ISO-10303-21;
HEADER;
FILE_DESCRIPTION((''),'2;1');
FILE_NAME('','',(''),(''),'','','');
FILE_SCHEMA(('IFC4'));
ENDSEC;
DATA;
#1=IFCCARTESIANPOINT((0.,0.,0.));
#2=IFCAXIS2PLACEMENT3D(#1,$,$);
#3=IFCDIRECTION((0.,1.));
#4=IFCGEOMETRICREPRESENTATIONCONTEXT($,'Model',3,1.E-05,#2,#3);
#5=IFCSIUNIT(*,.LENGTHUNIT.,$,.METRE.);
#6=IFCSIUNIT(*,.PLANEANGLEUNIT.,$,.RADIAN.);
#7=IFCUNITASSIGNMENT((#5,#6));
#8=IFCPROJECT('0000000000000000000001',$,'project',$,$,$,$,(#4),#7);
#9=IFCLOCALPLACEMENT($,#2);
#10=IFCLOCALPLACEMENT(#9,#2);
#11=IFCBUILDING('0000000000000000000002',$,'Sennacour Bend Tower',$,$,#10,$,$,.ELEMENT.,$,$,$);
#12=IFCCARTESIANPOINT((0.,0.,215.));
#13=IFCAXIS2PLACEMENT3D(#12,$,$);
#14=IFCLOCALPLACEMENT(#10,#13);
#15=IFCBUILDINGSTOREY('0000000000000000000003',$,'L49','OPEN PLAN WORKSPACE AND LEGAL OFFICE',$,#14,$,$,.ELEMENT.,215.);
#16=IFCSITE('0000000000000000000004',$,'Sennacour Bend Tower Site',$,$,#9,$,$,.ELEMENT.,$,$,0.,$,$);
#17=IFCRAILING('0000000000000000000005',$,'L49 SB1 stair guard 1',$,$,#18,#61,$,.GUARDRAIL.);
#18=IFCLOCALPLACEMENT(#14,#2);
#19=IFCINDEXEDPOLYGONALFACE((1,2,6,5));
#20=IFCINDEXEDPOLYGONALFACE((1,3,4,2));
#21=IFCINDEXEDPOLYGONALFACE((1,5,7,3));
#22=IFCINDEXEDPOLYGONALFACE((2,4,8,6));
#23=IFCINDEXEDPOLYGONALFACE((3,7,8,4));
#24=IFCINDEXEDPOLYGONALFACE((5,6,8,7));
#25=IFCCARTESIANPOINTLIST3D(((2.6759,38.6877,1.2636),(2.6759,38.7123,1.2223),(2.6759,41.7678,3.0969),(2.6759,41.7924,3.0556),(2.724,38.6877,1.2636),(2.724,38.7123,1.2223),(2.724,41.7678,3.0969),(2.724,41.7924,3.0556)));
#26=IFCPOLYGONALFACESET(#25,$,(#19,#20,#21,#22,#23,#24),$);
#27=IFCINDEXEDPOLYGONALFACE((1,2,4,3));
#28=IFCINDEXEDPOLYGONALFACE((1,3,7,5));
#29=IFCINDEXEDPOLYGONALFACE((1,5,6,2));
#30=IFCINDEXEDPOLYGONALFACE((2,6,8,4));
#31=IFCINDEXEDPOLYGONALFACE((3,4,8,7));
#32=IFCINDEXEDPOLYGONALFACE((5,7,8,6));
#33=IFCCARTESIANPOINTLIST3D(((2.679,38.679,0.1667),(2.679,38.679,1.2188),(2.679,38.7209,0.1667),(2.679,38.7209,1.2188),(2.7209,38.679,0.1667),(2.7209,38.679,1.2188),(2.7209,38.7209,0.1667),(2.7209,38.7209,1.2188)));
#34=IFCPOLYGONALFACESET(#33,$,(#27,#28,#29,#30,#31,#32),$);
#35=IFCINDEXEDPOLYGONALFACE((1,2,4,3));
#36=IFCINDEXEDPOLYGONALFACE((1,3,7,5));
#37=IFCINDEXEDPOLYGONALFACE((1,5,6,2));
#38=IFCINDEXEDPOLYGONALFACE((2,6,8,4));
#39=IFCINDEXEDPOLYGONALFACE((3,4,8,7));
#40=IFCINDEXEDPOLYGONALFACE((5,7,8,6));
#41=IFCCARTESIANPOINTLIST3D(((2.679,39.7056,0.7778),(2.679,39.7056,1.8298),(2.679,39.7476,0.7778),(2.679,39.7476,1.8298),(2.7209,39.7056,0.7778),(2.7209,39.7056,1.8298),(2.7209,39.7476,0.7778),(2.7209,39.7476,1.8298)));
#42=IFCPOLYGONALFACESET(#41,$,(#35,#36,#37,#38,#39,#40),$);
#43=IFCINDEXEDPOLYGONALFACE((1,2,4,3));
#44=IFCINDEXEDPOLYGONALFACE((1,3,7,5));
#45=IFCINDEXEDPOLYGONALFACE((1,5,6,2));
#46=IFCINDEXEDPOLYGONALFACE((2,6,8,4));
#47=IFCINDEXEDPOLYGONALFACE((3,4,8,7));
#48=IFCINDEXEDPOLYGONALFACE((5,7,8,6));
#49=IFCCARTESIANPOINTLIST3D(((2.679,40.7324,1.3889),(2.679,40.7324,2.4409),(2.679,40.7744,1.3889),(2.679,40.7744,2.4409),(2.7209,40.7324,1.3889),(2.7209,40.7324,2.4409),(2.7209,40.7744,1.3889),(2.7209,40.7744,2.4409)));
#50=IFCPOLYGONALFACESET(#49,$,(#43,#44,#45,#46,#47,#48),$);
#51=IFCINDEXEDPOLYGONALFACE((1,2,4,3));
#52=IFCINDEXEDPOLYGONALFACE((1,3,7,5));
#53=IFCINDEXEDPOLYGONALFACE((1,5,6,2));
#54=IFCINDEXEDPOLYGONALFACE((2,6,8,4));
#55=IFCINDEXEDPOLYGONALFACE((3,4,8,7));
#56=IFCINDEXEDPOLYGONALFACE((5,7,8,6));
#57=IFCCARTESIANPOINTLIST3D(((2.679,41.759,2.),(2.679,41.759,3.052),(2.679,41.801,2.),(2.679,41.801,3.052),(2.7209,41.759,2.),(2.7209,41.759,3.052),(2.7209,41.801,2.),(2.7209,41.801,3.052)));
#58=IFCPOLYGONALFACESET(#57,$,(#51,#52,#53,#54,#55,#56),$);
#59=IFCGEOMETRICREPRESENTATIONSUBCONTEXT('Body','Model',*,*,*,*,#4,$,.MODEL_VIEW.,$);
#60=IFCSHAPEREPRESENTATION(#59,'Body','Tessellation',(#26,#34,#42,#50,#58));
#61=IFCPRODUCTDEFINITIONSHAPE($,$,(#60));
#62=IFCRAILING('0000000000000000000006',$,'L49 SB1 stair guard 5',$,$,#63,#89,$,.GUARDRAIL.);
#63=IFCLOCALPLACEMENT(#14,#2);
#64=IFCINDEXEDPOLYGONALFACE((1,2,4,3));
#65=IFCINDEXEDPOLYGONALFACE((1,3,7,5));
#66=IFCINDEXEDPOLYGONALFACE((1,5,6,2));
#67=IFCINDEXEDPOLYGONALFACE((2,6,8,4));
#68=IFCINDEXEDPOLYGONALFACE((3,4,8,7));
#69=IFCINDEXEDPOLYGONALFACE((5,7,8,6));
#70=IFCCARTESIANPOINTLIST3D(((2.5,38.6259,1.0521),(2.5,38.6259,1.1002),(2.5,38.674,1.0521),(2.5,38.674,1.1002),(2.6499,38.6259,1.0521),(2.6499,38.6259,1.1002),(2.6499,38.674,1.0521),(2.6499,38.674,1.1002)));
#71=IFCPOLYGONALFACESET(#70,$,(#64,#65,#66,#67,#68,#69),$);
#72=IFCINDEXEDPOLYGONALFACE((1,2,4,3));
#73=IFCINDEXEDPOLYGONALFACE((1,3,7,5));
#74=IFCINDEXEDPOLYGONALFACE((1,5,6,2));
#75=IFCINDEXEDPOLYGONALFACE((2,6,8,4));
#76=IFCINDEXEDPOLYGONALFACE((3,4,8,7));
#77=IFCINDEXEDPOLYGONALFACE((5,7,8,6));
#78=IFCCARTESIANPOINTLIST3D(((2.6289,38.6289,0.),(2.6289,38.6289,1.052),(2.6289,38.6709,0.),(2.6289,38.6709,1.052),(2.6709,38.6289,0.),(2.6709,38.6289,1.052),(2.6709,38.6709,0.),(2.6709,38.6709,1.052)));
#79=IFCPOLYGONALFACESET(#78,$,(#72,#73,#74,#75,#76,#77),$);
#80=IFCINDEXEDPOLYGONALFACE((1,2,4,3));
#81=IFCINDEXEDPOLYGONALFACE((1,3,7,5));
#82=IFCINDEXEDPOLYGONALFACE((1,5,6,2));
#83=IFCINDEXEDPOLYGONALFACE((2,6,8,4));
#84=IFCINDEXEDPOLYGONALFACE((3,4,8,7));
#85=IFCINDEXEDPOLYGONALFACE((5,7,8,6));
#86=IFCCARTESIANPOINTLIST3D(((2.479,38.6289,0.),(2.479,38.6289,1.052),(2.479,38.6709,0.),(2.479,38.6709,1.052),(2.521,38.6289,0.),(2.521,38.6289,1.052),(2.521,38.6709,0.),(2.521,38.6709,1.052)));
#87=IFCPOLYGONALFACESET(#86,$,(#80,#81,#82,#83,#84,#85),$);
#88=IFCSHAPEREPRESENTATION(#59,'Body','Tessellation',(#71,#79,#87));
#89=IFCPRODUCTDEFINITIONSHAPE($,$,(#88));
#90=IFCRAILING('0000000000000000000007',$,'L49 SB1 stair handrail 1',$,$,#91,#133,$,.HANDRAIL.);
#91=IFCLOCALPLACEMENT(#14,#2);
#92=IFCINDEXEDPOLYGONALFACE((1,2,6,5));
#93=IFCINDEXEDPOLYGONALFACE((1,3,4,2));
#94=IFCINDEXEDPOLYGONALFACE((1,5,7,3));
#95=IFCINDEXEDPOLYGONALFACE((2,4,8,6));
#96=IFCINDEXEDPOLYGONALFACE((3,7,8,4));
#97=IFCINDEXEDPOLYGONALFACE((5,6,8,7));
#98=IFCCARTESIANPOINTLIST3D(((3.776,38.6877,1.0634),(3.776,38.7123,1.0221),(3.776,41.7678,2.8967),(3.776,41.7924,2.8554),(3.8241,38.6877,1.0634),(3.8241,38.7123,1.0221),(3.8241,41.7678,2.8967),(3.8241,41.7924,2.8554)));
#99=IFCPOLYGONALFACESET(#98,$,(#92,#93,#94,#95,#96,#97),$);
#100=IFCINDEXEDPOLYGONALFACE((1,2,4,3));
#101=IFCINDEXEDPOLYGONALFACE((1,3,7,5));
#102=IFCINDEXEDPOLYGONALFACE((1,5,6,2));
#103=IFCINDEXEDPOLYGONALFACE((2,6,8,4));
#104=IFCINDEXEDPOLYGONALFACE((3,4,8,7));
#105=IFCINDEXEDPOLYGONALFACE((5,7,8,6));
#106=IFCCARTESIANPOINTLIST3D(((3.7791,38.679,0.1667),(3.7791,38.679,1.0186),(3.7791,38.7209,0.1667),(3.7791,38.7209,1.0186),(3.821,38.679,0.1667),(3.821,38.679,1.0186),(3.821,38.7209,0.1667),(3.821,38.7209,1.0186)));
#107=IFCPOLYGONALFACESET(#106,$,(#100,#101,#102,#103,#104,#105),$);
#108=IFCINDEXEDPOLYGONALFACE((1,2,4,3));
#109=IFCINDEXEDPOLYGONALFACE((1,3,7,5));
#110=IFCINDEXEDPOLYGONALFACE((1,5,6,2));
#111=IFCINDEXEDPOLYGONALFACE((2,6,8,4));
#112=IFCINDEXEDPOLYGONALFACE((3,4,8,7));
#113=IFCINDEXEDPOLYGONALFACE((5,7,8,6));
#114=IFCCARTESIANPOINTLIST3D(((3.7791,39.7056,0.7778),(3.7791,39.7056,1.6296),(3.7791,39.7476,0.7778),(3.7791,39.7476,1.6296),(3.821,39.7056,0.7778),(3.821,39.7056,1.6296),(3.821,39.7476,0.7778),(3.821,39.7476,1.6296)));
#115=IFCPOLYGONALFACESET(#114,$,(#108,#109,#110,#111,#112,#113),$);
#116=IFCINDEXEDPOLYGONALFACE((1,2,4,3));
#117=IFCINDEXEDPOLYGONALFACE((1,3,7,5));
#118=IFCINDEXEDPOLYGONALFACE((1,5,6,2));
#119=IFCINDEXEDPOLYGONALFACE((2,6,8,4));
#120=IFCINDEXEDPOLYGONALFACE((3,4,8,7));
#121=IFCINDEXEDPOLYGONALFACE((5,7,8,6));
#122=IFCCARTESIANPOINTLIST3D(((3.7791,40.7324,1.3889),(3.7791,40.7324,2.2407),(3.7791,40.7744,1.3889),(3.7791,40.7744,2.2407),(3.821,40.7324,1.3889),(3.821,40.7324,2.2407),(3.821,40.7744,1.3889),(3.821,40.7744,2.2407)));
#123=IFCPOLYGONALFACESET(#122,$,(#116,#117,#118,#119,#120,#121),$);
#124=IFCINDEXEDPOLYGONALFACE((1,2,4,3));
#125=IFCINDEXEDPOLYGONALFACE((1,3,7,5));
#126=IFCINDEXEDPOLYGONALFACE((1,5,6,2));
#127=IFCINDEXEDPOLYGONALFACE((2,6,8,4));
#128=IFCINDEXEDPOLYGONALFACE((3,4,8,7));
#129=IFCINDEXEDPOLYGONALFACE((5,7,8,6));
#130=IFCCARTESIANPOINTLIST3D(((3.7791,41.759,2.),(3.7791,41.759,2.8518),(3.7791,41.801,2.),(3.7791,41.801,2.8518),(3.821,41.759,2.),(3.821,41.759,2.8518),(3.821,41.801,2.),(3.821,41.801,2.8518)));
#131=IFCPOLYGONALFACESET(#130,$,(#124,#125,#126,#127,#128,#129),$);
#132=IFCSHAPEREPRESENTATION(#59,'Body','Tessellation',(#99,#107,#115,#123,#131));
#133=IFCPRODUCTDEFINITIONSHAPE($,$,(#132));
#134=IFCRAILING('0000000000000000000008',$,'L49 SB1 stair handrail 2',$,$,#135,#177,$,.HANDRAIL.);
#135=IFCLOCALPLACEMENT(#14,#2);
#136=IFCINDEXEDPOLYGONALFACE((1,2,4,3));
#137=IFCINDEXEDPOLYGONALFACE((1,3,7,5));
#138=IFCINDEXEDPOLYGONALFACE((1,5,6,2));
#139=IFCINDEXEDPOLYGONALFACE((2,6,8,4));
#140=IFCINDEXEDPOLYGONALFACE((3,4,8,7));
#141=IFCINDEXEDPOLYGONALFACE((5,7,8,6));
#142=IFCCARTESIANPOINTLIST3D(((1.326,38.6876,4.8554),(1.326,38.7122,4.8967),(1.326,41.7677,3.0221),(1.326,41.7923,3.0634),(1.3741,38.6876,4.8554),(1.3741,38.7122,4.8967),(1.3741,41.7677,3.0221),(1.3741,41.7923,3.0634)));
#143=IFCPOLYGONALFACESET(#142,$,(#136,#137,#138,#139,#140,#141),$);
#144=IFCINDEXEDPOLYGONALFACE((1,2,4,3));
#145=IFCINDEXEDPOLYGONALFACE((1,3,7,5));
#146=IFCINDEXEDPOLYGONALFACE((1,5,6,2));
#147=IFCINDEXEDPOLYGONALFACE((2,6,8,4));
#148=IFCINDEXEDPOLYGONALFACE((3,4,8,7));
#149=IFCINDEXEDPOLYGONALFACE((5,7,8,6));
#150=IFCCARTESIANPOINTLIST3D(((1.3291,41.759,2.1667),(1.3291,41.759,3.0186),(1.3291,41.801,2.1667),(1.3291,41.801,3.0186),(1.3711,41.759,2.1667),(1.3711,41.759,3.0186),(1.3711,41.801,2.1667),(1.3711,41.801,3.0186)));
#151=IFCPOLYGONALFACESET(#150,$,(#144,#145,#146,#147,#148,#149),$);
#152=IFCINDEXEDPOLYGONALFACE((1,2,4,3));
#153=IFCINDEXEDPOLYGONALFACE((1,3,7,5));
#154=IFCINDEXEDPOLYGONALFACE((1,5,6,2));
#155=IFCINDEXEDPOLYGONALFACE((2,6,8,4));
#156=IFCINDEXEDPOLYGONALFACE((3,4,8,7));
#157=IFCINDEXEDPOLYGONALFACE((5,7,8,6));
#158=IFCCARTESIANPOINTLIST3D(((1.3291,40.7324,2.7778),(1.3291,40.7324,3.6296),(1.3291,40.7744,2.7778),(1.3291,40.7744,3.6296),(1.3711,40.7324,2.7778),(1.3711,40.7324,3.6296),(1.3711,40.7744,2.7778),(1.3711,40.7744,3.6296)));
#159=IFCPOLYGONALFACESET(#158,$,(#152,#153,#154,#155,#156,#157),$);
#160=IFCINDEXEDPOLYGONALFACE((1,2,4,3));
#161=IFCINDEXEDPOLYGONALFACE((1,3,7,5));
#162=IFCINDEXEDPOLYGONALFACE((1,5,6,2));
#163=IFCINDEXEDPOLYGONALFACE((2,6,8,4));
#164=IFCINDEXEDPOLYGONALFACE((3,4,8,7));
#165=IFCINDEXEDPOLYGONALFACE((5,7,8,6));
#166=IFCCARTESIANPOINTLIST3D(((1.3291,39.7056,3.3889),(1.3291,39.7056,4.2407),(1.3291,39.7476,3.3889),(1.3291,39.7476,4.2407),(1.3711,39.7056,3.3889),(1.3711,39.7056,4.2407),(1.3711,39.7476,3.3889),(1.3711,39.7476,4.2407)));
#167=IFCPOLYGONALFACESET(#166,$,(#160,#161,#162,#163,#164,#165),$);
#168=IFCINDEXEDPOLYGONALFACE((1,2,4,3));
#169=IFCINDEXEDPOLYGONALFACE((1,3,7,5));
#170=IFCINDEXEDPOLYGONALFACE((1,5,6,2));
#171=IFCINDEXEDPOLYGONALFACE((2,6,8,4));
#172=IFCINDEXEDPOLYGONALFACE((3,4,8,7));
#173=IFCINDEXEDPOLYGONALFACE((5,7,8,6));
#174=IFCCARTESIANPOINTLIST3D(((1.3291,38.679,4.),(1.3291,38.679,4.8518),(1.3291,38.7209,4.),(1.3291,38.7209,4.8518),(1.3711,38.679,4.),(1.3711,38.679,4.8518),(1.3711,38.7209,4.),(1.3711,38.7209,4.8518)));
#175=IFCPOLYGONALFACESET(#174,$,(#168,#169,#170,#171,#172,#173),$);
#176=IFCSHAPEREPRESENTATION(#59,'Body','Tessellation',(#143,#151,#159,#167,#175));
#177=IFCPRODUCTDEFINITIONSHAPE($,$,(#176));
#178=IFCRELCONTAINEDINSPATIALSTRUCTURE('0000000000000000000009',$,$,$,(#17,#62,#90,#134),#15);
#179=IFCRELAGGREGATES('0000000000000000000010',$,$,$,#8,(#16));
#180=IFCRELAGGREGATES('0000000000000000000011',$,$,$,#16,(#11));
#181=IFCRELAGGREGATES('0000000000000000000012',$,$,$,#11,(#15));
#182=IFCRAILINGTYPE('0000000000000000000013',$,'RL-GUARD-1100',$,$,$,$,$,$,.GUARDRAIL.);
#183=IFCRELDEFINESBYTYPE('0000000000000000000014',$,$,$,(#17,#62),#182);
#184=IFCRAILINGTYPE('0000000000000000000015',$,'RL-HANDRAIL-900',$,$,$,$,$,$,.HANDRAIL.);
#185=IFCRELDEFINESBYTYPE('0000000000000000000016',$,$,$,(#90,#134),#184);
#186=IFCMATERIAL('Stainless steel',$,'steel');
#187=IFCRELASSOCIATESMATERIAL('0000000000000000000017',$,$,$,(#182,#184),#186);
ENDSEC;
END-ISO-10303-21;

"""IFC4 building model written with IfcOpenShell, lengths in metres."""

from ifc_helpers import new_model, si_unit, direction, frame, origin, origin_2d, place, context, subcontext, project, spatial, rectangle, extrude, material, type_object, element, save


model = new_model("IFC4")

# Units and contexts
model_context = context("Model", 3, precision=1e-05, world=origin(), true_north=direction((0.0, 1.0)))
body_context = subcontext(model_context, "Body", "Model", "MODEL_VIEW")
ifc_project = project(units=[si_unit("LENGTHUNIT", "METRE"), si_unit("PLANEANGLEUNIT", "RADIAN")], contexts=[model_context])

# Site, building, storey
site_placement = place(None, origin())
site = spatial("IfcSite", under=ifc_project, at=site_placement, Name="Sennacour Bend Tower Site", CompositionType="ELEMENT", RefElevation=0.0)
building_placement = place(site_placement, origin())
building = spatial("IfcBuilding", under=site, at=building_placement, Name="Sennacour Bend Tower", CompositionType="ELEMENT")
storey_placement = place(building_placement, frame((0.0, 0.0, 215.0)))
storey = spatial("IfcBuildingStorey", under=building, at=storey_placement, Name="L49", Description="OPEN PLAN WORKSPACE AND LEGAL OFFICE", CompositionType="ELEMENT", Elevation=215.0)

# Shared definitions
ifc_material_1 = material(Name="Stainless steel", Category="steel")

# Railings
railing_type_1 = type_object("IfcRailingType", Name="RL-GUARD-1100", PredefinedType="GUARDRAIL", material=ifc_material_1)
railing_1_placement = place(storey_placement, frame((2.7, 38.7, 0.1667)))
element("IfcRailing", 1, at=railing_1_placement, inside=storey, type_object=railing_type_1, Name="L49 SB1 stair guard 1", PredefinedType="GUARDRAIL", context=body_context, shape_type="SweptSolid", body=[
    extrude(rectangle(XDim=0.0481, YDim=0.0481, at=origin_2d()), frame((0.0, 0.0, 1.0762), z_axis=(0.0, 0.859309, 0.511458), x_axis=(-1.0, 0.0, 0.0)), (0.0, 0.0, 1.0), 3.5845),
    extrude(rectangle(XDim=0.042, YDim=0.042, at=origin_2d()), origin(), (0.0, 0.0, 1.0), 1.052),
    extrude(rectangle(XDim=0.042, YDim=0.042, at=origin_2d()), frame((0.0, 1.0266, 0.6111)), (0.0, 0.0, 1.0), 1.052),
    extrude(rectangle(XDim=0.042, YDim=0.042, at=origin_2d()), frame((0.0, 2.0535, 1.2222)), (0.0, 0.0, 1.0), 1.052),
    extrude(rectangle(XDim=0.042, YDim=0.042, at=origin_2d()), frame((0.0, 3.0801, 1.8333)), (0.0, 0.0, 1.0), 1.052),
])
railing_2_placement = place(storey_placement, frame((2.6499, 38.6499, 0.0)))
element("IfcRailing", 2, at=railing_2_placement, inside=storey, type_object=railing_type_1, Name="L49 SB1 stair guard 5", PredefinedType="GUARDRAIL", context=body_context, shape_type="SweptSolid", body=[
    extrude(rectangle(XDim=0.0481, YDim=0.0481, at=origin_2d()), frame((0.0, 0.0, 1.0762), z_axis=(-1.0, 0.0, 0.0), x_axis=(0.0, -1.0, 0.0)), (0.0, 0.0, 1.0), 0.1499),
    extrude(rectangle(XDim=0.042, YDim=0.042, at=origin_2d()), origin(), (0.0, 0.0, 1.0), 1.052),
    extrude(rectangle(XDim=0.042, YDim=0.042, at=origin_2d()), frame((-0.1499, 0.0, 0.0)), (0.0, 0.0, 1.0), 1.052),
])
railing_type_2 = type_object("IfcRailingType", Name="RL-HANDRAIL-900", PredefinedType="HANDRAIL", material=ifc_material_1)
railing_3_placement = place(storey_placement, frame((3.8, 38.7, 0.1667)))
element("IfcRailing", 3, at=railing_3_placement, inside=storey, type_object=railing_type_2, Name="L49 SB1 stair handrail 1", PredefinedType="HANDRAIL", context=body_context, shape_type="SweptSolid", body=[
    extrude(rectangle(XDim=0.0481, YDim=0.0481, at=origin_2d()), frame((0.0, 0.0, 0.876), z_axis=(0.0, 0.859309, 0.511458), x_axis=(-1.0, 0.0, 0.0)), (0.0, 0.0, 1.0), 3.5845),
    extrude(rectangle(XDim=0.042, YDim=0.042, at=origin_2d()), origin(), (0.0, 0.0, 1.0), 0.8518),
    extrude(rectangle(XDim=0.042, YDim=0.042, at=origin_2d()), frame((0.0, 1.0266, 0.6111)), (0.0, 0.0, 1.0), 0.8518),
    extrude(rectangle(XDim=0.042, YDim=0.042, at=origin_2d()), frame((0.0, 2.0535, 1.2222)), (0.0, 0.0, 1.0), 0.8518),
    extrude(rectangle(XDim=0.042, YDim=0.042, at=origin_2d()), frame((0.0, 3.0801, 1.8333)), (0.0, 0.0, 1.0), 0.8518),
])
railing_4_placement = place(storey_placement, frame((1.3501, 41.78, 2.1667)))
element("IfcRailing", 4, at=railing_4_placement, inside=storey, type_object=railing_type_2, Name="L49 SB1 stair handrail 2", PredefinedType="HANDRAIL", context=body_context, shape_type="SweptSolid", body=[
    extrude(rectangle(XDim=0.0481, YDim=0.0481, at=origin_2d()), frame((0.0, 0.0, 0.876), z_axis=(0.0, -0.859309, 0.511458), x_axis=(1.0, 0.0, 0.0)), (0.0, 0.0, 1.0), 3.5845),
    extrude(rectangle(XDim=0.042, YDim=0.042, at=origin_2d()), origin(), (0.0, 0.0, 1.0), 0.8518),
    extrude(rectangle(XDim=0.042, YDim=0.042, at=origin_2d()), frame((0.0, -1.0266, 0.6111)), (0.0, 0.0, 1.0), 0.8518),
    extrude(rectangle(XDim=0.042, YDim=0.042, at=origin_2d()), frame((0.0, -2.0535, 1.2222)), (0.0, 0.0, 1.0), 0.8518),
    extrude(rectangle(XDim=0.042, YDim=0.042, at=origin_2d()), frame((0.0, -3.0801, 1.8333)), (0.0, 0.0, 1.0), 0.8518),
])

save(model, "model.ifc")
